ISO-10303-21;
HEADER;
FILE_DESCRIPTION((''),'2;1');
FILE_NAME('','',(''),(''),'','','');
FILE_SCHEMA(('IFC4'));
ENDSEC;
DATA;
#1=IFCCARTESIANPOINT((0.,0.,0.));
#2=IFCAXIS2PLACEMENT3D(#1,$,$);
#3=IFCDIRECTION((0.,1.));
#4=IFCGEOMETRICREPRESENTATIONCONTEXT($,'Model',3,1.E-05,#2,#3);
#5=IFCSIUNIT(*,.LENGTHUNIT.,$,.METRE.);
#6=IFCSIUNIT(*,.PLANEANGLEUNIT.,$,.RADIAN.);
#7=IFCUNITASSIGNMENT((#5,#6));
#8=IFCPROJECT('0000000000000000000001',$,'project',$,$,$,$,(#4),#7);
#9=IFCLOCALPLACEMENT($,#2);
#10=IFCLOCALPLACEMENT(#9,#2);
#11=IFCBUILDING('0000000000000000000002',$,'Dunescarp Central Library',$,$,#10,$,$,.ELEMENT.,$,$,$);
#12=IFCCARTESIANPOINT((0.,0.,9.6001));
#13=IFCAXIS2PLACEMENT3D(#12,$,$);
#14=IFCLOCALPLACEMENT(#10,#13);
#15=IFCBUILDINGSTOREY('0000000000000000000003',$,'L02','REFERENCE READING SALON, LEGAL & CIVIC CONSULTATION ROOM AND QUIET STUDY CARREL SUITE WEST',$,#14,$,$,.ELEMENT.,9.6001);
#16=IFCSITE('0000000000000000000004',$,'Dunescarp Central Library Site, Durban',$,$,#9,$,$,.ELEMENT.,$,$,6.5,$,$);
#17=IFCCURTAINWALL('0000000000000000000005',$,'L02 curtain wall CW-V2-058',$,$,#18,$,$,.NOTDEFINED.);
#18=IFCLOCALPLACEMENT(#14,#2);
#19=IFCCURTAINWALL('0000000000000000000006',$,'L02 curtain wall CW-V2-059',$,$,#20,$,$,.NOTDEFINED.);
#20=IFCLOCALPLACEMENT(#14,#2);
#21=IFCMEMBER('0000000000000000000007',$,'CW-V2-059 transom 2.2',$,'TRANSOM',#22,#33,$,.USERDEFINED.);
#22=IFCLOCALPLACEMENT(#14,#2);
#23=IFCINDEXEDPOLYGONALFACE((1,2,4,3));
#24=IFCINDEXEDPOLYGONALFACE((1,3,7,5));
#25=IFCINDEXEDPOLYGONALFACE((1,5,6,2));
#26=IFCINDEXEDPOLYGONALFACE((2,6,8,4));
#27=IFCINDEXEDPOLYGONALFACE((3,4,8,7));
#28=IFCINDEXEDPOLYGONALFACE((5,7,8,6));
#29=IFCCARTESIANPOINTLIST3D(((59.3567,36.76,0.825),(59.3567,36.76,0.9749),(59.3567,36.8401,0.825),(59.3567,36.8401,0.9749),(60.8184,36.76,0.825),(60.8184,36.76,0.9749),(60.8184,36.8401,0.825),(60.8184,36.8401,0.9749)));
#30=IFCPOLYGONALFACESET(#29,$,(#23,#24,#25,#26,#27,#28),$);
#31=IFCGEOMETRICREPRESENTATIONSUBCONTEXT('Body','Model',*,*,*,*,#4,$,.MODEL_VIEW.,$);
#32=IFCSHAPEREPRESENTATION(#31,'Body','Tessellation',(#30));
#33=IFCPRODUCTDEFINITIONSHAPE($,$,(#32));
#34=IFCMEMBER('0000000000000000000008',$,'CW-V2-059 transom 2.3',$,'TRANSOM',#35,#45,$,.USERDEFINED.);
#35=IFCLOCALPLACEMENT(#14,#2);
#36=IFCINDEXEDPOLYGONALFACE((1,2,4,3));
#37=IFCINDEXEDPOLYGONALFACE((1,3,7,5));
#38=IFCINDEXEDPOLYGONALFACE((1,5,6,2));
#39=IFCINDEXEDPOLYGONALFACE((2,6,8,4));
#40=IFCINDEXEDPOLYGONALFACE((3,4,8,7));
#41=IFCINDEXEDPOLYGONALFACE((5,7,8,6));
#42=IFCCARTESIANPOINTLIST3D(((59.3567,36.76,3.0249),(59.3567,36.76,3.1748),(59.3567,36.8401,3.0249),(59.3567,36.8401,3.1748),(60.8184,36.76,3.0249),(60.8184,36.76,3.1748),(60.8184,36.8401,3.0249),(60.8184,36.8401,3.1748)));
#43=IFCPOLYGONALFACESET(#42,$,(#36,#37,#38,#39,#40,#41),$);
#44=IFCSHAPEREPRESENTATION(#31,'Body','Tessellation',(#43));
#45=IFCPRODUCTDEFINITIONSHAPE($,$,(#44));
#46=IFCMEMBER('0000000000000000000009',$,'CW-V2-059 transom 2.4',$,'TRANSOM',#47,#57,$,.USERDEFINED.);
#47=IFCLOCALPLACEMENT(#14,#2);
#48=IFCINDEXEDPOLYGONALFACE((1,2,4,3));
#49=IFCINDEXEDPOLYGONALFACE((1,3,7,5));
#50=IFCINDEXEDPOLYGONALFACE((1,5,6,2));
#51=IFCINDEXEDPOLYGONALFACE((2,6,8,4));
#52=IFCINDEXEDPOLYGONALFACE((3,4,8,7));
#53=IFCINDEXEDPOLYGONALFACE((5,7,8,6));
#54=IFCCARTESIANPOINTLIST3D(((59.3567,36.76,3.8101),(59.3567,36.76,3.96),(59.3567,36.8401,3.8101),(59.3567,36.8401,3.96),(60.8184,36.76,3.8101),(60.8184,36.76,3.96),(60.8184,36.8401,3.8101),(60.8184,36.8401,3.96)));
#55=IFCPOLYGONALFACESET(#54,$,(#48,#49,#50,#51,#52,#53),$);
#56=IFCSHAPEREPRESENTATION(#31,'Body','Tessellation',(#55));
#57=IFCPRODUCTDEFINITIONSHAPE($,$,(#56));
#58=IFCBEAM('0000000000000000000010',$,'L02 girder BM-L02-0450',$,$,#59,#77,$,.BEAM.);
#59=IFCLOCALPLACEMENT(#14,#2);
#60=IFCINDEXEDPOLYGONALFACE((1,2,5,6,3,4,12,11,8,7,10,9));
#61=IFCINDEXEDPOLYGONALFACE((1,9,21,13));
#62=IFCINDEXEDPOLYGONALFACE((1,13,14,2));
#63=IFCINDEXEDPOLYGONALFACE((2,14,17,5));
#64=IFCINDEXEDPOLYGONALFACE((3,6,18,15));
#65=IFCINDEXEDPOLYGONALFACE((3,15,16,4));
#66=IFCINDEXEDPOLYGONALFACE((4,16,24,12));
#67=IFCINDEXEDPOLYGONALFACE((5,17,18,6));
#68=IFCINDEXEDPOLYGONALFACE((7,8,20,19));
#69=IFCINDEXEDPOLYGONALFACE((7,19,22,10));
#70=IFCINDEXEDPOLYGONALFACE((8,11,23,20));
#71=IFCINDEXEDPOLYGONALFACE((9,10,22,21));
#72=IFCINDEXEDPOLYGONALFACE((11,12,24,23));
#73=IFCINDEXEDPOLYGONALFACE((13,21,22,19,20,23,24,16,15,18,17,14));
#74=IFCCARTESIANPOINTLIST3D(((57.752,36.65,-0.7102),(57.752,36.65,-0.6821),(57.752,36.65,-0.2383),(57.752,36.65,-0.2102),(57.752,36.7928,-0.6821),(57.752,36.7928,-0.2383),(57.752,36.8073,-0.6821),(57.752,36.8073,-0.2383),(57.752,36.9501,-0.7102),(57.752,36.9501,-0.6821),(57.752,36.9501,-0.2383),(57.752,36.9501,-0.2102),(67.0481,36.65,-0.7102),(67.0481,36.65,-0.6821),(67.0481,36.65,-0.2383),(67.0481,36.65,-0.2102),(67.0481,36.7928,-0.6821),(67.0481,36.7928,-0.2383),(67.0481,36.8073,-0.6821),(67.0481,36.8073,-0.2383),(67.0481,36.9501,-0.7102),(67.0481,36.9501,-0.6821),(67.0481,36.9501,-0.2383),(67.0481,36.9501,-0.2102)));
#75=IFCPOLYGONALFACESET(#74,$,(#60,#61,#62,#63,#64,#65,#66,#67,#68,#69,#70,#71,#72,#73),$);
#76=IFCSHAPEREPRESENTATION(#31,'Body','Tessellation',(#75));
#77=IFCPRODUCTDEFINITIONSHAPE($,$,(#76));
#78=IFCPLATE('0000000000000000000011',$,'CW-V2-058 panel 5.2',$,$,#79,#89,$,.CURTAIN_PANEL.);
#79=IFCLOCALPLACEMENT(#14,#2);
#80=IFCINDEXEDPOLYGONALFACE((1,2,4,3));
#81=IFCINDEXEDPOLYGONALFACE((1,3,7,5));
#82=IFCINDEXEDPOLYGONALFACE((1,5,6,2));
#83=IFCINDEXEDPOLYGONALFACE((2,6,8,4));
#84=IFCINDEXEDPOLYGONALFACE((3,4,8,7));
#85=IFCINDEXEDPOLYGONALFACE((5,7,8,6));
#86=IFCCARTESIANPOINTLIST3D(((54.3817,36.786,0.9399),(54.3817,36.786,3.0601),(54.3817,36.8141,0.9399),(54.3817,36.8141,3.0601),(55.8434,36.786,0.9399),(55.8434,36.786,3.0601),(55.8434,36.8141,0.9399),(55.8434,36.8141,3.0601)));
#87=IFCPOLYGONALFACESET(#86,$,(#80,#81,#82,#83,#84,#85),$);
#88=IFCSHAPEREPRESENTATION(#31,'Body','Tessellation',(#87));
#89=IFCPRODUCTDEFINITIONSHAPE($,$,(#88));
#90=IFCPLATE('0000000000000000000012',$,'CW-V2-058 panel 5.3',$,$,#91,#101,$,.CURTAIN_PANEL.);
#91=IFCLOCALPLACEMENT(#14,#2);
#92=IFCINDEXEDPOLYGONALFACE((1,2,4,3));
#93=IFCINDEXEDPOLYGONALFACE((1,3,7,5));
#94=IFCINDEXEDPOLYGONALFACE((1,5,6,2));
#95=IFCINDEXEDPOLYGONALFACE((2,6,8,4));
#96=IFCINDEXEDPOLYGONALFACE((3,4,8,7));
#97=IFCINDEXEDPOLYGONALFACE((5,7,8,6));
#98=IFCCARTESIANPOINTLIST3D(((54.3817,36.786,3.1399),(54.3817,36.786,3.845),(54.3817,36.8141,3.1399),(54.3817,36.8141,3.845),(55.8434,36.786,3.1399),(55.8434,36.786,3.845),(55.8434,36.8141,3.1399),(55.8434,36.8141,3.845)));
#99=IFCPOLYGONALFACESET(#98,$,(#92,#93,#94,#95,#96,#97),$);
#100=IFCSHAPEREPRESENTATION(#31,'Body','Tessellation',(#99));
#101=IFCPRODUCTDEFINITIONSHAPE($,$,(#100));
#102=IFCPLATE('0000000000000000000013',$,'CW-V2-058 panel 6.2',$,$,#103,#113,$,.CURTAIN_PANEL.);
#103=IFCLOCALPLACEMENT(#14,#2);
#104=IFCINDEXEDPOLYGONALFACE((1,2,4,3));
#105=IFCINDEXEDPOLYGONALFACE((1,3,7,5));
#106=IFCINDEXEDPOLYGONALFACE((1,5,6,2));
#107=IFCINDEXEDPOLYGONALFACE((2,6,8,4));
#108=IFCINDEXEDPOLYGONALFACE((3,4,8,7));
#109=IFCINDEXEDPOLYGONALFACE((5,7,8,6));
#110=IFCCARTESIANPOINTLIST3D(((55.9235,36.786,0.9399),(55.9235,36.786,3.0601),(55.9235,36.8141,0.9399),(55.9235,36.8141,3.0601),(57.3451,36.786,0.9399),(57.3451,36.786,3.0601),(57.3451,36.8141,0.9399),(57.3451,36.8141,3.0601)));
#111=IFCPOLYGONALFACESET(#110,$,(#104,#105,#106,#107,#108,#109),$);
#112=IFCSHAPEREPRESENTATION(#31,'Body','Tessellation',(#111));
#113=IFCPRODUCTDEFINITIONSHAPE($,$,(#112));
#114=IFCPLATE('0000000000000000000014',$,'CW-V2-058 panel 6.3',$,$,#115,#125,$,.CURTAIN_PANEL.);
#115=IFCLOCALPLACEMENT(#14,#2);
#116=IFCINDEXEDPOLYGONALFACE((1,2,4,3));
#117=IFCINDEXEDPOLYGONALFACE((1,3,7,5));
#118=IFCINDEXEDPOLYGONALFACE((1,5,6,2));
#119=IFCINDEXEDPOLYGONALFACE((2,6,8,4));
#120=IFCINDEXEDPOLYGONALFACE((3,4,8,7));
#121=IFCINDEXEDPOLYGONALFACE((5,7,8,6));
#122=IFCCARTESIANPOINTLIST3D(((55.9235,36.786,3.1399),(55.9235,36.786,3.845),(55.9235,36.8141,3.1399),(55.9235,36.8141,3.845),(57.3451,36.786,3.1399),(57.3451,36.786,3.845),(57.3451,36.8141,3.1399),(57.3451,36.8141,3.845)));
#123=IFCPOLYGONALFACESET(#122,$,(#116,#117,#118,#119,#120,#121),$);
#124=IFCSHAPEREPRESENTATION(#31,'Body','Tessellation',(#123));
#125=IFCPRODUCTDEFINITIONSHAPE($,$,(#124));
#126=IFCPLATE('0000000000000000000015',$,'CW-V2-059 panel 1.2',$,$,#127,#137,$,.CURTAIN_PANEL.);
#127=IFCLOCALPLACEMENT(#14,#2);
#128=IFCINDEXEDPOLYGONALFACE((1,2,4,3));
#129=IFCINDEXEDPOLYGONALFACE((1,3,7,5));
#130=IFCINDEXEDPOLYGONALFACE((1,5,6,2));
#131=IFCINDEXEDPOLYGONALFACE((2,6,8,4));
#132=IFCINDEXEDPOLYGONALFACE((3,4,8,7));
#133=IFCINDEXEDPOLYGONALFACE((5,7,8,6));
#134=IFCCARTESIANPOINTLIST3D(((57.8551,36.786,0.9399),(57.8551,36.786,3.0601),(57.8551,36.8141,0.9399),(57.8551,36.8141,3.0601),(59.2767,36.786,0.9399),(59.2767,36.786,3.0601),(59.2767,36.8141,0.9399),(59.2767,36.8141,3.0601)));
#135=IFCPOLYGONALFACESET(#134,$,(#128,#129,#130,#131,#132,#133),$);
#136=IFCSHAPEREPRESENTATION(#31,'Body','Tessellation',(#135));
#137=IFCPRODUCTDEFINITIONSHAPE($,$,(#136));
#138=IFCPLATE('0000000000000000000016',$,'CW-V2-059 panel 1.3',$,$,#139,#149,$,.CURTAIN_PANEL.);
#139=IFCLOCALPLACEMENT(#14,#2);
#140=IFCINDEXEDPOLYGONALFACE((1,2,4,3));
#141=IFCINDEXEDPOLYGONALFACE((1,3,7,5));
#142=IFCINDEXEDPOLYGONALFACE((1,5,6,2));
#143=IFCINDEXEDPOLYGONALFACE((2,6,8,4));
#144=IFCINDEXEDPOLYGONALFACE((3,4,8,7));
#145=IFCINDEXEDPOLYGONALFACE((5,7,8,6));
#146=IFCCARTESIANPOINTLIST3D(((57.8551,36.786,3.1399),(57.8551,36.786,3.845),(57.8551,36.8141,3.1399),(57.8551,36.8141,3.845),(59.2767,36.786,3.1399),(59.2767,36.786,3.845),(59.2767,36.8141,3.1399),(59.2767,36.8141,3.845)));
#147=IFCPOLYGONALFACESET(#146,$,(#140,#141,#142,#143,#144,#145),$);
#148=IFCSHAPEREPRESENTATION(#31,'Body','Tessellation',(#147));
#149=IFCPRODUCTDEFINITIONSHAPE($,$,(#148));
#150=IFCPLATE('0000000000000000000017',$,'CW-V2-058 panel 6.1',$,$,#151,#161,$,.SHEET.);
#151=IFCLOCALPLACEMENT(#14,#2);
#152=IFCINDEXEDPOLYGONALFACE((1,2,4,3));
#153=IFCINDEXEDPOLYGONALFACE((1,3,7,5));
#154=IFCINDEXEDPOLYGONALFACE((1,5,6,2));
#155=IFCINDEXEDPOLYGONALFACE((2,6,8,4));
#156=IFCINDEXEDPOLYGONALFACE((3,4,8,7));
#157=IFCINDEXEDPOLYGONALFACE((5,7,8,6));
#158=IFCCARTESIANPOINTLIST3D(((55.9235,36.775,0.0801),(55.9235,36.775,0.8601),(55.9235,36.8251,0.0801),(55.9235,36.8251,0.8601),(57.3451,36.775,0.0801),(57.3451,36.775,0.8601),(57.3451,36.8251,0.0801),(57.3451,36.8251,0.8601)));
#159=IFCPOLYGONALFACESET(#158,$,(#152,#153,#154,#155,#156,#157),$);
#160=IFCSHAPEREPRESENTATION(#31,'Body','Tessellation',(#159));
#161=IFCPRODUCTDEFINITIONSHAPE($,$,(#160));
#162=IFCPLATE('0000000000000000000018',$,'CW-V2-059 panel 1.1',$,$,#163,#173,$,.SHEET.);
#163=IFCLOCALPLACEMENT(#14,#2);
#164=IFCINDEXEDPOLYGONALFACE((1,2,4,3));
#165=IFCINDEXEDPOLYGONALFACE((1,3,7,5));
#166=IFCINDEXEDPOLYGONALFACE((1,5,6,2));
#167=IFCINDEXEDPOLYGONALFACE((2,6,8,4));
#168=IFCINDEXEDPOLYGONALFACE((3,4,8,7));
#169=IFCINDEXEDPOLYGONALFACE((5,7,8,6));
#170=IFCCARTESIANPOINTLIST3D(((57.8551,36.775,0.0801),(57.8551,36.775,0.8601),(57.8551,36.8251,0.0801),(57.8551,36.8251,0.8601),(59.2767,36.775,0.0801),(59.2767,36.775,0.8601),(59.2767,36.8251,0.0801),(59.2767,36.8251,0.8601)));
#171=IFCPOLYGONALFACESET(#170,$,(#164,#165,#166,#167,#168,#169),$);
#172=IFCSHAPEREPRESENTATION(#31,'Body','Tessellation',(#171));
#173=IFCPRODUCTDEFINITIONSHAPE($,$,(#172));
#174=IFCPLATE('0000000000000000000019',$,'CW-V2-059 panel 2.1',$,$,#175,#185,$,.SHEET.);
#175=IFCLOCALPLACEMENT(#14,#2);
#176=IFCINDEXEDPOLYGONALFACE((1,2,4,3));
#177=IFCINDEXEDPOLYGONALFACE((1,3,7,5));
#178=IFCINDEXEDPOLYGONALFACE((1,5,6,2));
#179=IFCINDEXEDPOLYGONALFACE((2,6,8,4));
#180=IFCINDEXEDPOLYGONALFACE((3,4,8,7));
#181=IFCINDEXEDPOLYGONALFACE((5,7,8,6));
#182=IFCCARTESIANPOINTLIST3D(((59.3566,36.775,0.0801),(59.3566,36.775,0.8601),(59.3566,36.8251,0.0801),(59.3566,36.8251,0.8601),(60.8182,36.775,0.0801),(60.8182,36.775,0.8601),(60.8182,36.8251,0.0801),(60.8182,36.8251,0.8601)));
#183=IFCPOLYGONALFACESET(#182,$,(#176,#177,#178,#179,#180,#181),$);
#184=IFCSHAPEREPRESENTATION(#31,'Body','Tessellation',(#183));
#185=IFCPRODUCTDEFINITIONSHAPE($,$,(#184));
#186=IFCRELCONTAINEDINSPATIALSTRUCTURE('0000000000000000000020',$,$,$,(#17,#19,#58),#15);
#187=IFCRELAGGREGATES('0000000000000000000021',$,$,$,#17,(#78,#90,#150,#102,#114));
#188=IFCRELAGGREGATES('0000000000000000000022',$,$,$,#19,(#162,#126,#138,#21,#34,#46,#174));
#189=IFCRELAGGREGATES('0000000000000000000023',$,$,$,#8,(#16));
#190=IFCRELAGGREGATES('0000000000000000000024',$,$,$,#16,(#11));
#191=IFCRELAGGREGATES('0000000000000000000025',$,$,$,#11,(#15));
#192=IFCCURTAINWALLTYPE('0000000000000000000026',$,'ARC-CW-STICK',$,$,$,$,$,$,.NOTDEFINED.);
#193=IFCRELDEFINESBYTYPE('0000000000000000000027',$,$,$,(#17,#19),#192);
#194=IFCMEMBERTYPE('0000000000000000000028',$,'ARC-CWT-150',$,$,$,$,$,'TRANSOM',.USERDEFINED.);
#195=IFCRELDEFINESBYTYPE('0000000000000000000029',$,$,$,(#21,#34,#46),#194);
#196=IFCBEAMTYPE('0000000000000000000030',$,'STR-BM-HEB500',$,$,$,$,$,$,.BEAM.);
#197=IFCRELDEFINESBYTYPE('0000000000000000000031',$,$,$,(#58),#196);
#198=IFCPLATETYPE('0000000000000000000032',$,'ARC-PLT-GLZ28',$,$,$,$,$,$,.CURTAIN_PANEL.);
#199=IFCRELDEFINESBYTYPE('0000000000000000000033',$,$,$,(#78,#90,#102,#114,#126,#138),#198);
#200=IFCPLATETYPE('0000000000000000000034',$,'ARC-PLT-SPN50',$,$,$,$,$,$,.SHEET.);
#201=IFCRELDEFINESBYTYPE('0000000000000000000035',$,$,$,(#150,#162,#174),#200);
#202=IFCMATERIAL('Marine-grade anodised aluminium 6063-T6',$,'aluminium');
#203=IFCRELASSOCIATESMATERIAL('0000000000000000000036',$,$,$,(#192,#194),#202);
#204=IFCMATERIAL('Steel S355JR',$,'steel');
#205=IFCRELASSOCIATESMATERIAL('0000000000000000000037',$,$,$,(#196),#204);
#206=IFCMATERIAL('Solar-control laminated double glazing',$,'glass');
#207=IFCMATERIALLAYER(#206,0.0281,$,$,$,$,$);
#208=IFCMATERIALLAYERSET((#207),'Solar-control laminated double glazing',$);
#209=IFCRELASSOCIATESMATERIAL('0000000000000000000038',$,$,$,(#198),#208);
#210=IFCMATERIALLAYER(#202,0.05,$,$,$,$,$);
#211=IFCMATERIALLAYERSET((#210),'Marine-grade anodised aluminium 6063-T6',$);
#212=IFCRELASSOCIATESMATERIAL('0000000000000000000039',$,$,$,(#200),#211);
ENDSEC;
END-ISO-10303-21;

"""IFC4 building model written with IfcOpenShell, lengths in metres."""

from ifc_helpers import new_model, si_unit, direction, frame, origin, origin_2d, place, context, subcontext, project, spatial, rectangle, i_section, extrude, material, layer, layer_set, material_profile, profile_set, type_object, element, aggregate, save


model = new_model("IFC4")

# Units and contexts
model_context = context("Model", 3, precision=1e-05, world=origin(), true_north=direction((0.0, 1.0)))
body_context = subcontext(model_context, "Body", "Model", "MODEL_VIEW")
ifc_project = project(units=[si_unit("LENGTHUNIT", "METRE"), si_unit("PLANEANGLEUNIT", "RADIAN")], contexts=[model_context])

# Site, building, storey
site_placement = place(None, origin())
site = spatial("IfcSite", under=ifc_project, at=site_placement, Name="Dunescarp Central Library Site, Durban", CompositionType="ELEMENT", RefElevation=6.5)
building_placement = place(site_placement, origin())
building = spatial("IfcBuilding", under=site, at=building_placement, Name="Dunescarp Central Library", CompositionType="ELEMENT")
storey_placement = place(building_placement, frame((0.0, 0.0, 9.6001)))
storey = spatial("IfcBuildingStorey", under=building, at=storey_placement, Name="L02", Description="REFERENCE READING SALON, LEGAL & CIVIC CONSULTATION ROOM AND QUIET STUDY CARREL SUITE WEST", CompositionType="ELEMENT", Elevation=9.6001)

# Shared definitions
ifc_material_1 = material(Name="Steel S355JR", Category="steel")

# Curtain walls
ifc_material_2 = material(Name="Marine-grade anodised aluminium 6063-T6", Category="aluminium")
curtain_wall_type = type_object("IfcCurtainWallType", Name="ARC-CW-STICK", PredefinedType="NOTDEFINED", material=ifc_material_2)
curtain_wall_1_placement = place(storey_placement, origin())
curtain_wall_1 = element("IfcCurtainWall", 1, at=curtain_wall_1_placement, inside=storey, type_object=curtain_wall_type, Name="L02 curtain wall CW-V2-058", PredefinedType="NOTDEFINED")
curtain_wall_2_placement = place(storey_placement, origin())
curtain_wall_2 = element("IfcCurtainWall", 2, at=curtain_wall_2_placement, inside=storey, type_object=curtain_wall_type, Name="L02 curtain wall CW-V2-059", PredefinedType="NOTDEFINED")

# Members
ifc_material_profile_1 = material_profile(ifc_material_2, rectangle(XDim=0.0801, YDim=0.1499, at=origin_2d()), Name="AL 80x150")
ifc_profile_set_1 = profile_set([ifc_material_profile_1], Name="Marine-grade anodised aluminium 6063-T6")
member_type_1 = type_object("IfcMemberType", Name="ARC-CWT-150", ElementType="TRANSOM", PredefinedType="USERDEFINED", material=ifc_profile_set_1)
member_1_placement = place(storey_placement, frame((59.3567, 36.8, 0.8999), z_axis=(1.0, 0.0, 0.0), x_axis=(0.0, 1.0, 0.0)))
member_1 = element("IfcMember", 3, at=member_1_placement, type_object=member_type_1, Name="CW-V2-059 transom 2.2", ObjectType="TRANSOM", PredefinedType="USERDEFINED", context=body_context, shape_type="SweptSolid", body=[
    extrude(rectangle(XDim=0.0801, YDim=0.1499, at=origin_2d()), origin(), (0.0, 0.0, 1.0), 1.4617),
])
member_2_placement = place(storey_placement, frame((59.3567, 36.8, 3.0999), z_axis=(1.0, 0.0, 0.0), x_axis=(0.0, 1.0, 0.0)))
member_2 = element("IfcMember", 4, at=member_2_placement, type_object=member_type_1, Name="CW-V2-059 transom 2.3", ObjectType="TRANSOM", PredefinedType="USERDEFINED", context=body_context, shape_type="SweptSolid", body=[
    extrude(rectangle(XDim=0.0801, YDim=0.1499, at=origin_2d()), origin(), (0.0, 0.0, 1.0), 1.4617),
])
member_3_placement = place(storey_placement, frame((59.3567, 36.8, 3.885), z_axis=(1.0, 0.0, 0.0), x_axis=(0.0, 1.0, 0.0)))
member_3 = element("IfcMember", 5, at=member_3_placement, type_object=member_type_1, Name="CW-V2-059 transom 2.4", ObjectType="TRANSOM", PredefinedType="USERDEFINED", context=body_context, shape_type="SweptSolid", body=[
    extrude(rectangle(XDim=0.0801, YDim=0.1499, at=origin_2d()), origin(), (0.0, 0.0, 1.0), 1.4617),
])

# Beam
ifc_material_profile_2 = material_profile(ifc_material_1, i_section(OverallWidth=0.3, OverallDepth=0.5, WebThickness=0.0144, FlangeThickness=0.0281, at=origin_2d()), Name="HEB 500")
ifc_profile_set_2 = profile_set([ifc_material_profile_2], Name="Steel S355JR")
beam_type = type_object("IfcBeamType", Name="STR-BM-HEB500", PredefinedType="BEAM", material=ifc_profile_set_2)
beam_placement = place(storey_placement, frame((57.752, 36.8, -0.4602), z_axis=(1.0, 0.0, 0.0), x_axis=(0.0, 1.0, 0.0)))
element("IfcBeam", 6, at=beam_placement, inside=storey, type_object=beam_type, Name="L02 girder BM-L02-0450", PredefinedType="BEAM", context=body_context, shape_type="SweptSolid", body=[
    extrude(i_section(OverallWidth=0.3, OverallDepth=0.5, WebThickness=0.0144, FlangeThickness=0.0281, at=origin_2d()), origin(), (0.0, 0.0, 1.0), 9.2961),
])

# Plates
ifc_material_3 = material(Name="Solar-control laminated double glazing", Category="glass")
ifc_layer_1 = layer(ifc_material_3, 0.0281)
ifc_layer_set_1 = layer_set([ifc_layer_1], Name="Solar-control laminated double glazing")
plate_type_1 = type_object("IfcPlateType", Name="ARC-PLT-GLZ28", PredefinedType="CURTAIN_PANEL", material=ifc_layer_set_1)
plate_1_placement = place(storey_placement, frame((55.1125, 36.8, 0.9399), z_axis=(0.0, 0.0, 1.0), x_axis=(1.0, 0.0, 0.0)))
plate_1 = element("IfcPlate", 7, at=plate_1_placement, type_object=plate_type_1, Name="CW-V2-058 panel 5.2", PredefinedType="CURTAIN_PANEL", context=body_context, shape_type="SweptSolid", body=[
    extrude(rectangle(XDim=1.4617, YDim=0.0281, at=origin_2d()), origin(), (0.0, 0.0, 1.0), 2.1201),
])
plate_2_placement = place(storey_placement, frame((55.1125, 36.8, 3.1399), z_axis=(0.0, 0.0, 1.0), x_axis=(1.0, 0.0, 0.0)))
plate_2 = element("IfcPlate", 8, at=plate_2_placement, type_object=plate_type_1, Name="CW-V2-058 panel 5.3", PredefinedType="CURTAIN_PANEL", context=body_context, shape_type="SweptSolid", body=[
    extrude(rectangle(XDim=1.4617, YDim=0.0281, at=origin_2d()), origin(), (0.0, 0.0, 1.0), 0.7051),
])
plate_3_placement = place(storey_placement, frame((56.6343, 36.8, 0.9399), z_axis=(0.0, 0.0, 1.0), x_axis=(1.0, 0.0, 0.0)))
plate_3 = element("IfcPlate", 9, at=plate_3_placement, type_object=plate_type_1, Name="CW-V2-058 panel 6.2", PredefinedType="CURTAIN_PANEL", context=body_context, shape_type="SweptSolid", body=[
    extrude(rectangle(XDim=1.4216, YDim=0.0281, at=origin_2d()), origin(), (0.0, 0.0, 1.0), 2.1201),
])
plate_4_placement = place(storey_placement, frame((56.6343, 36.8, 3.1399), z_axis=(0.0, 0.0, 1.0), x_axis=(1.0, 0.0, 0.0)))
plate_4 = element("IfcPlate", 10, at=plate_4_placement, type_object=plate_type_1, Name="CW-V2-058 panel 6.3", PredefinedType="CURTAIN_PANEL", context=body_context, shape_type="SweptSolid", body=[
    extrude(rectangle(XDim=1.4216, YDim=0.0281, at=origin_2d()), origin(), (0.0, 0.0, 1.0), 0.7051),
])
plate_5_placement = place(storey_placement, frame((58.5659, 36.8, 0.9399), z_axis=(0.0, 0.0, 1.0), x_axis=(1.0, 0.0, 0.0)))
plate_5 = element("IfcPlate", 11, at=plate_5_placement, type_object=plate_type_1, Name="CW-V2-059 panel 1.2", PredefinedType="CURTAIN_PANEL", context=body_context, shape_type="SweptSolid", body=[
    extrude(rectangle(XDim=1.4216, YDim=0.0281, at=origin_2d()), origin(), (0.0, 0.0, 1.0), 2.1201),
])
plate_6_placement = place(storey_placement, frame((58.5659, 36.8, 3.1399), z_axis=(0.0, 0.0, 1.0), x_axis=(1.0, 0.0, 0.0)))
plate_6 = element("IfcPlate", 12, at=plate_6_placement, type_object=plate_type_1, Name="CW-V2-059 panel 1.3", PredefinedType="CURTAIN_PANEL", context=body_context, shape_type="SweptSolid", body=[
    extrude(rectangle(XDim=1.4216, YDim=0.0281, at=origin_2d()), origin(), (0.0, 0.0, 1.0), 0.7051),
])
ifc_layer_2 = layer(ifc_material_2, 0.05)
ifc_layer_set_2 = layer_set([ifc_layer_2], Name="Marine-grade anodised aluminium 6063-T6")
plate_type_2 = type_object("IfcPlateType", Name="ARC-PLT-SPN50", PredefinedType="SHEET", material=ifc_layer_set_2)
plate_7_placement = place(storey_placement, frame((56.6343, 36.8, 0.0801), z_axis=(0.0, 0.0, 1.0), x_axis=(1.0, 0.0, 0.0)))
plate_7 = element("IfcPlate", 13, at=plate_7_placement, type_object=plate_type_2, Name="CW-V2-058 panel 6.1", PredefinedType="SHEET", context=body_context, shape_type="SweptSolid", body=[
    extrude(rectangle(XDim=1.4216, YDim=0.05, at=origin_2d()), origin(), (0.0, 0.0, 1.0), 0.78),
])
aggregate(curtain_wall_1, [plate_1, plate_2, plate_7, plate_3, plate_4])
plate_8_placement = place(storey_placement, frame((58.5659, 36.8, 0.0801), z_axis=(0.0, 0.0, 1.0), x_axis=(1.0, 0.0, 0.0)))
plate_8 = element("IfcPlate", 14, at=plate_8_placement, type_object=plate_type_2, Name="CW-V2-059 panel 1.1", PredefinedType="SHEET", context=body_context, shape_type="SweptSolid", body=[
    extrude(rectangle(XDim=1.4216, YDim=0.05, at=origin_2d()), origin(), (0.0, 0.0, 1.0), 0.78),
])
plate_9_placement = place(storey_placement, frame((60.0874, 36.8, 0.0801), z_axis=(0.0, 0.0, 1.0), x_axis=(1.0, 0.0, 0.0)))
plate_9 = element("IfcPlate", 15, at=plate_9_placement, type_object=plate_type_2, Name="CW-V2-059 panel 2.1", PredefinedType="SHEET", context=body_context, shape_type="SweptSolid", body=[
    extrude(rectangle(XDim=1.4617, YDim=0.05, at=origin_2d()), origin(), (0.0, 0.0, 1.0), 0.78),
])
aggregate(curtain_wall_2, [plate_8, plate_5, plate_6, member_1, member_2, member_3, plate_9])

save(model, "model.ifc")
